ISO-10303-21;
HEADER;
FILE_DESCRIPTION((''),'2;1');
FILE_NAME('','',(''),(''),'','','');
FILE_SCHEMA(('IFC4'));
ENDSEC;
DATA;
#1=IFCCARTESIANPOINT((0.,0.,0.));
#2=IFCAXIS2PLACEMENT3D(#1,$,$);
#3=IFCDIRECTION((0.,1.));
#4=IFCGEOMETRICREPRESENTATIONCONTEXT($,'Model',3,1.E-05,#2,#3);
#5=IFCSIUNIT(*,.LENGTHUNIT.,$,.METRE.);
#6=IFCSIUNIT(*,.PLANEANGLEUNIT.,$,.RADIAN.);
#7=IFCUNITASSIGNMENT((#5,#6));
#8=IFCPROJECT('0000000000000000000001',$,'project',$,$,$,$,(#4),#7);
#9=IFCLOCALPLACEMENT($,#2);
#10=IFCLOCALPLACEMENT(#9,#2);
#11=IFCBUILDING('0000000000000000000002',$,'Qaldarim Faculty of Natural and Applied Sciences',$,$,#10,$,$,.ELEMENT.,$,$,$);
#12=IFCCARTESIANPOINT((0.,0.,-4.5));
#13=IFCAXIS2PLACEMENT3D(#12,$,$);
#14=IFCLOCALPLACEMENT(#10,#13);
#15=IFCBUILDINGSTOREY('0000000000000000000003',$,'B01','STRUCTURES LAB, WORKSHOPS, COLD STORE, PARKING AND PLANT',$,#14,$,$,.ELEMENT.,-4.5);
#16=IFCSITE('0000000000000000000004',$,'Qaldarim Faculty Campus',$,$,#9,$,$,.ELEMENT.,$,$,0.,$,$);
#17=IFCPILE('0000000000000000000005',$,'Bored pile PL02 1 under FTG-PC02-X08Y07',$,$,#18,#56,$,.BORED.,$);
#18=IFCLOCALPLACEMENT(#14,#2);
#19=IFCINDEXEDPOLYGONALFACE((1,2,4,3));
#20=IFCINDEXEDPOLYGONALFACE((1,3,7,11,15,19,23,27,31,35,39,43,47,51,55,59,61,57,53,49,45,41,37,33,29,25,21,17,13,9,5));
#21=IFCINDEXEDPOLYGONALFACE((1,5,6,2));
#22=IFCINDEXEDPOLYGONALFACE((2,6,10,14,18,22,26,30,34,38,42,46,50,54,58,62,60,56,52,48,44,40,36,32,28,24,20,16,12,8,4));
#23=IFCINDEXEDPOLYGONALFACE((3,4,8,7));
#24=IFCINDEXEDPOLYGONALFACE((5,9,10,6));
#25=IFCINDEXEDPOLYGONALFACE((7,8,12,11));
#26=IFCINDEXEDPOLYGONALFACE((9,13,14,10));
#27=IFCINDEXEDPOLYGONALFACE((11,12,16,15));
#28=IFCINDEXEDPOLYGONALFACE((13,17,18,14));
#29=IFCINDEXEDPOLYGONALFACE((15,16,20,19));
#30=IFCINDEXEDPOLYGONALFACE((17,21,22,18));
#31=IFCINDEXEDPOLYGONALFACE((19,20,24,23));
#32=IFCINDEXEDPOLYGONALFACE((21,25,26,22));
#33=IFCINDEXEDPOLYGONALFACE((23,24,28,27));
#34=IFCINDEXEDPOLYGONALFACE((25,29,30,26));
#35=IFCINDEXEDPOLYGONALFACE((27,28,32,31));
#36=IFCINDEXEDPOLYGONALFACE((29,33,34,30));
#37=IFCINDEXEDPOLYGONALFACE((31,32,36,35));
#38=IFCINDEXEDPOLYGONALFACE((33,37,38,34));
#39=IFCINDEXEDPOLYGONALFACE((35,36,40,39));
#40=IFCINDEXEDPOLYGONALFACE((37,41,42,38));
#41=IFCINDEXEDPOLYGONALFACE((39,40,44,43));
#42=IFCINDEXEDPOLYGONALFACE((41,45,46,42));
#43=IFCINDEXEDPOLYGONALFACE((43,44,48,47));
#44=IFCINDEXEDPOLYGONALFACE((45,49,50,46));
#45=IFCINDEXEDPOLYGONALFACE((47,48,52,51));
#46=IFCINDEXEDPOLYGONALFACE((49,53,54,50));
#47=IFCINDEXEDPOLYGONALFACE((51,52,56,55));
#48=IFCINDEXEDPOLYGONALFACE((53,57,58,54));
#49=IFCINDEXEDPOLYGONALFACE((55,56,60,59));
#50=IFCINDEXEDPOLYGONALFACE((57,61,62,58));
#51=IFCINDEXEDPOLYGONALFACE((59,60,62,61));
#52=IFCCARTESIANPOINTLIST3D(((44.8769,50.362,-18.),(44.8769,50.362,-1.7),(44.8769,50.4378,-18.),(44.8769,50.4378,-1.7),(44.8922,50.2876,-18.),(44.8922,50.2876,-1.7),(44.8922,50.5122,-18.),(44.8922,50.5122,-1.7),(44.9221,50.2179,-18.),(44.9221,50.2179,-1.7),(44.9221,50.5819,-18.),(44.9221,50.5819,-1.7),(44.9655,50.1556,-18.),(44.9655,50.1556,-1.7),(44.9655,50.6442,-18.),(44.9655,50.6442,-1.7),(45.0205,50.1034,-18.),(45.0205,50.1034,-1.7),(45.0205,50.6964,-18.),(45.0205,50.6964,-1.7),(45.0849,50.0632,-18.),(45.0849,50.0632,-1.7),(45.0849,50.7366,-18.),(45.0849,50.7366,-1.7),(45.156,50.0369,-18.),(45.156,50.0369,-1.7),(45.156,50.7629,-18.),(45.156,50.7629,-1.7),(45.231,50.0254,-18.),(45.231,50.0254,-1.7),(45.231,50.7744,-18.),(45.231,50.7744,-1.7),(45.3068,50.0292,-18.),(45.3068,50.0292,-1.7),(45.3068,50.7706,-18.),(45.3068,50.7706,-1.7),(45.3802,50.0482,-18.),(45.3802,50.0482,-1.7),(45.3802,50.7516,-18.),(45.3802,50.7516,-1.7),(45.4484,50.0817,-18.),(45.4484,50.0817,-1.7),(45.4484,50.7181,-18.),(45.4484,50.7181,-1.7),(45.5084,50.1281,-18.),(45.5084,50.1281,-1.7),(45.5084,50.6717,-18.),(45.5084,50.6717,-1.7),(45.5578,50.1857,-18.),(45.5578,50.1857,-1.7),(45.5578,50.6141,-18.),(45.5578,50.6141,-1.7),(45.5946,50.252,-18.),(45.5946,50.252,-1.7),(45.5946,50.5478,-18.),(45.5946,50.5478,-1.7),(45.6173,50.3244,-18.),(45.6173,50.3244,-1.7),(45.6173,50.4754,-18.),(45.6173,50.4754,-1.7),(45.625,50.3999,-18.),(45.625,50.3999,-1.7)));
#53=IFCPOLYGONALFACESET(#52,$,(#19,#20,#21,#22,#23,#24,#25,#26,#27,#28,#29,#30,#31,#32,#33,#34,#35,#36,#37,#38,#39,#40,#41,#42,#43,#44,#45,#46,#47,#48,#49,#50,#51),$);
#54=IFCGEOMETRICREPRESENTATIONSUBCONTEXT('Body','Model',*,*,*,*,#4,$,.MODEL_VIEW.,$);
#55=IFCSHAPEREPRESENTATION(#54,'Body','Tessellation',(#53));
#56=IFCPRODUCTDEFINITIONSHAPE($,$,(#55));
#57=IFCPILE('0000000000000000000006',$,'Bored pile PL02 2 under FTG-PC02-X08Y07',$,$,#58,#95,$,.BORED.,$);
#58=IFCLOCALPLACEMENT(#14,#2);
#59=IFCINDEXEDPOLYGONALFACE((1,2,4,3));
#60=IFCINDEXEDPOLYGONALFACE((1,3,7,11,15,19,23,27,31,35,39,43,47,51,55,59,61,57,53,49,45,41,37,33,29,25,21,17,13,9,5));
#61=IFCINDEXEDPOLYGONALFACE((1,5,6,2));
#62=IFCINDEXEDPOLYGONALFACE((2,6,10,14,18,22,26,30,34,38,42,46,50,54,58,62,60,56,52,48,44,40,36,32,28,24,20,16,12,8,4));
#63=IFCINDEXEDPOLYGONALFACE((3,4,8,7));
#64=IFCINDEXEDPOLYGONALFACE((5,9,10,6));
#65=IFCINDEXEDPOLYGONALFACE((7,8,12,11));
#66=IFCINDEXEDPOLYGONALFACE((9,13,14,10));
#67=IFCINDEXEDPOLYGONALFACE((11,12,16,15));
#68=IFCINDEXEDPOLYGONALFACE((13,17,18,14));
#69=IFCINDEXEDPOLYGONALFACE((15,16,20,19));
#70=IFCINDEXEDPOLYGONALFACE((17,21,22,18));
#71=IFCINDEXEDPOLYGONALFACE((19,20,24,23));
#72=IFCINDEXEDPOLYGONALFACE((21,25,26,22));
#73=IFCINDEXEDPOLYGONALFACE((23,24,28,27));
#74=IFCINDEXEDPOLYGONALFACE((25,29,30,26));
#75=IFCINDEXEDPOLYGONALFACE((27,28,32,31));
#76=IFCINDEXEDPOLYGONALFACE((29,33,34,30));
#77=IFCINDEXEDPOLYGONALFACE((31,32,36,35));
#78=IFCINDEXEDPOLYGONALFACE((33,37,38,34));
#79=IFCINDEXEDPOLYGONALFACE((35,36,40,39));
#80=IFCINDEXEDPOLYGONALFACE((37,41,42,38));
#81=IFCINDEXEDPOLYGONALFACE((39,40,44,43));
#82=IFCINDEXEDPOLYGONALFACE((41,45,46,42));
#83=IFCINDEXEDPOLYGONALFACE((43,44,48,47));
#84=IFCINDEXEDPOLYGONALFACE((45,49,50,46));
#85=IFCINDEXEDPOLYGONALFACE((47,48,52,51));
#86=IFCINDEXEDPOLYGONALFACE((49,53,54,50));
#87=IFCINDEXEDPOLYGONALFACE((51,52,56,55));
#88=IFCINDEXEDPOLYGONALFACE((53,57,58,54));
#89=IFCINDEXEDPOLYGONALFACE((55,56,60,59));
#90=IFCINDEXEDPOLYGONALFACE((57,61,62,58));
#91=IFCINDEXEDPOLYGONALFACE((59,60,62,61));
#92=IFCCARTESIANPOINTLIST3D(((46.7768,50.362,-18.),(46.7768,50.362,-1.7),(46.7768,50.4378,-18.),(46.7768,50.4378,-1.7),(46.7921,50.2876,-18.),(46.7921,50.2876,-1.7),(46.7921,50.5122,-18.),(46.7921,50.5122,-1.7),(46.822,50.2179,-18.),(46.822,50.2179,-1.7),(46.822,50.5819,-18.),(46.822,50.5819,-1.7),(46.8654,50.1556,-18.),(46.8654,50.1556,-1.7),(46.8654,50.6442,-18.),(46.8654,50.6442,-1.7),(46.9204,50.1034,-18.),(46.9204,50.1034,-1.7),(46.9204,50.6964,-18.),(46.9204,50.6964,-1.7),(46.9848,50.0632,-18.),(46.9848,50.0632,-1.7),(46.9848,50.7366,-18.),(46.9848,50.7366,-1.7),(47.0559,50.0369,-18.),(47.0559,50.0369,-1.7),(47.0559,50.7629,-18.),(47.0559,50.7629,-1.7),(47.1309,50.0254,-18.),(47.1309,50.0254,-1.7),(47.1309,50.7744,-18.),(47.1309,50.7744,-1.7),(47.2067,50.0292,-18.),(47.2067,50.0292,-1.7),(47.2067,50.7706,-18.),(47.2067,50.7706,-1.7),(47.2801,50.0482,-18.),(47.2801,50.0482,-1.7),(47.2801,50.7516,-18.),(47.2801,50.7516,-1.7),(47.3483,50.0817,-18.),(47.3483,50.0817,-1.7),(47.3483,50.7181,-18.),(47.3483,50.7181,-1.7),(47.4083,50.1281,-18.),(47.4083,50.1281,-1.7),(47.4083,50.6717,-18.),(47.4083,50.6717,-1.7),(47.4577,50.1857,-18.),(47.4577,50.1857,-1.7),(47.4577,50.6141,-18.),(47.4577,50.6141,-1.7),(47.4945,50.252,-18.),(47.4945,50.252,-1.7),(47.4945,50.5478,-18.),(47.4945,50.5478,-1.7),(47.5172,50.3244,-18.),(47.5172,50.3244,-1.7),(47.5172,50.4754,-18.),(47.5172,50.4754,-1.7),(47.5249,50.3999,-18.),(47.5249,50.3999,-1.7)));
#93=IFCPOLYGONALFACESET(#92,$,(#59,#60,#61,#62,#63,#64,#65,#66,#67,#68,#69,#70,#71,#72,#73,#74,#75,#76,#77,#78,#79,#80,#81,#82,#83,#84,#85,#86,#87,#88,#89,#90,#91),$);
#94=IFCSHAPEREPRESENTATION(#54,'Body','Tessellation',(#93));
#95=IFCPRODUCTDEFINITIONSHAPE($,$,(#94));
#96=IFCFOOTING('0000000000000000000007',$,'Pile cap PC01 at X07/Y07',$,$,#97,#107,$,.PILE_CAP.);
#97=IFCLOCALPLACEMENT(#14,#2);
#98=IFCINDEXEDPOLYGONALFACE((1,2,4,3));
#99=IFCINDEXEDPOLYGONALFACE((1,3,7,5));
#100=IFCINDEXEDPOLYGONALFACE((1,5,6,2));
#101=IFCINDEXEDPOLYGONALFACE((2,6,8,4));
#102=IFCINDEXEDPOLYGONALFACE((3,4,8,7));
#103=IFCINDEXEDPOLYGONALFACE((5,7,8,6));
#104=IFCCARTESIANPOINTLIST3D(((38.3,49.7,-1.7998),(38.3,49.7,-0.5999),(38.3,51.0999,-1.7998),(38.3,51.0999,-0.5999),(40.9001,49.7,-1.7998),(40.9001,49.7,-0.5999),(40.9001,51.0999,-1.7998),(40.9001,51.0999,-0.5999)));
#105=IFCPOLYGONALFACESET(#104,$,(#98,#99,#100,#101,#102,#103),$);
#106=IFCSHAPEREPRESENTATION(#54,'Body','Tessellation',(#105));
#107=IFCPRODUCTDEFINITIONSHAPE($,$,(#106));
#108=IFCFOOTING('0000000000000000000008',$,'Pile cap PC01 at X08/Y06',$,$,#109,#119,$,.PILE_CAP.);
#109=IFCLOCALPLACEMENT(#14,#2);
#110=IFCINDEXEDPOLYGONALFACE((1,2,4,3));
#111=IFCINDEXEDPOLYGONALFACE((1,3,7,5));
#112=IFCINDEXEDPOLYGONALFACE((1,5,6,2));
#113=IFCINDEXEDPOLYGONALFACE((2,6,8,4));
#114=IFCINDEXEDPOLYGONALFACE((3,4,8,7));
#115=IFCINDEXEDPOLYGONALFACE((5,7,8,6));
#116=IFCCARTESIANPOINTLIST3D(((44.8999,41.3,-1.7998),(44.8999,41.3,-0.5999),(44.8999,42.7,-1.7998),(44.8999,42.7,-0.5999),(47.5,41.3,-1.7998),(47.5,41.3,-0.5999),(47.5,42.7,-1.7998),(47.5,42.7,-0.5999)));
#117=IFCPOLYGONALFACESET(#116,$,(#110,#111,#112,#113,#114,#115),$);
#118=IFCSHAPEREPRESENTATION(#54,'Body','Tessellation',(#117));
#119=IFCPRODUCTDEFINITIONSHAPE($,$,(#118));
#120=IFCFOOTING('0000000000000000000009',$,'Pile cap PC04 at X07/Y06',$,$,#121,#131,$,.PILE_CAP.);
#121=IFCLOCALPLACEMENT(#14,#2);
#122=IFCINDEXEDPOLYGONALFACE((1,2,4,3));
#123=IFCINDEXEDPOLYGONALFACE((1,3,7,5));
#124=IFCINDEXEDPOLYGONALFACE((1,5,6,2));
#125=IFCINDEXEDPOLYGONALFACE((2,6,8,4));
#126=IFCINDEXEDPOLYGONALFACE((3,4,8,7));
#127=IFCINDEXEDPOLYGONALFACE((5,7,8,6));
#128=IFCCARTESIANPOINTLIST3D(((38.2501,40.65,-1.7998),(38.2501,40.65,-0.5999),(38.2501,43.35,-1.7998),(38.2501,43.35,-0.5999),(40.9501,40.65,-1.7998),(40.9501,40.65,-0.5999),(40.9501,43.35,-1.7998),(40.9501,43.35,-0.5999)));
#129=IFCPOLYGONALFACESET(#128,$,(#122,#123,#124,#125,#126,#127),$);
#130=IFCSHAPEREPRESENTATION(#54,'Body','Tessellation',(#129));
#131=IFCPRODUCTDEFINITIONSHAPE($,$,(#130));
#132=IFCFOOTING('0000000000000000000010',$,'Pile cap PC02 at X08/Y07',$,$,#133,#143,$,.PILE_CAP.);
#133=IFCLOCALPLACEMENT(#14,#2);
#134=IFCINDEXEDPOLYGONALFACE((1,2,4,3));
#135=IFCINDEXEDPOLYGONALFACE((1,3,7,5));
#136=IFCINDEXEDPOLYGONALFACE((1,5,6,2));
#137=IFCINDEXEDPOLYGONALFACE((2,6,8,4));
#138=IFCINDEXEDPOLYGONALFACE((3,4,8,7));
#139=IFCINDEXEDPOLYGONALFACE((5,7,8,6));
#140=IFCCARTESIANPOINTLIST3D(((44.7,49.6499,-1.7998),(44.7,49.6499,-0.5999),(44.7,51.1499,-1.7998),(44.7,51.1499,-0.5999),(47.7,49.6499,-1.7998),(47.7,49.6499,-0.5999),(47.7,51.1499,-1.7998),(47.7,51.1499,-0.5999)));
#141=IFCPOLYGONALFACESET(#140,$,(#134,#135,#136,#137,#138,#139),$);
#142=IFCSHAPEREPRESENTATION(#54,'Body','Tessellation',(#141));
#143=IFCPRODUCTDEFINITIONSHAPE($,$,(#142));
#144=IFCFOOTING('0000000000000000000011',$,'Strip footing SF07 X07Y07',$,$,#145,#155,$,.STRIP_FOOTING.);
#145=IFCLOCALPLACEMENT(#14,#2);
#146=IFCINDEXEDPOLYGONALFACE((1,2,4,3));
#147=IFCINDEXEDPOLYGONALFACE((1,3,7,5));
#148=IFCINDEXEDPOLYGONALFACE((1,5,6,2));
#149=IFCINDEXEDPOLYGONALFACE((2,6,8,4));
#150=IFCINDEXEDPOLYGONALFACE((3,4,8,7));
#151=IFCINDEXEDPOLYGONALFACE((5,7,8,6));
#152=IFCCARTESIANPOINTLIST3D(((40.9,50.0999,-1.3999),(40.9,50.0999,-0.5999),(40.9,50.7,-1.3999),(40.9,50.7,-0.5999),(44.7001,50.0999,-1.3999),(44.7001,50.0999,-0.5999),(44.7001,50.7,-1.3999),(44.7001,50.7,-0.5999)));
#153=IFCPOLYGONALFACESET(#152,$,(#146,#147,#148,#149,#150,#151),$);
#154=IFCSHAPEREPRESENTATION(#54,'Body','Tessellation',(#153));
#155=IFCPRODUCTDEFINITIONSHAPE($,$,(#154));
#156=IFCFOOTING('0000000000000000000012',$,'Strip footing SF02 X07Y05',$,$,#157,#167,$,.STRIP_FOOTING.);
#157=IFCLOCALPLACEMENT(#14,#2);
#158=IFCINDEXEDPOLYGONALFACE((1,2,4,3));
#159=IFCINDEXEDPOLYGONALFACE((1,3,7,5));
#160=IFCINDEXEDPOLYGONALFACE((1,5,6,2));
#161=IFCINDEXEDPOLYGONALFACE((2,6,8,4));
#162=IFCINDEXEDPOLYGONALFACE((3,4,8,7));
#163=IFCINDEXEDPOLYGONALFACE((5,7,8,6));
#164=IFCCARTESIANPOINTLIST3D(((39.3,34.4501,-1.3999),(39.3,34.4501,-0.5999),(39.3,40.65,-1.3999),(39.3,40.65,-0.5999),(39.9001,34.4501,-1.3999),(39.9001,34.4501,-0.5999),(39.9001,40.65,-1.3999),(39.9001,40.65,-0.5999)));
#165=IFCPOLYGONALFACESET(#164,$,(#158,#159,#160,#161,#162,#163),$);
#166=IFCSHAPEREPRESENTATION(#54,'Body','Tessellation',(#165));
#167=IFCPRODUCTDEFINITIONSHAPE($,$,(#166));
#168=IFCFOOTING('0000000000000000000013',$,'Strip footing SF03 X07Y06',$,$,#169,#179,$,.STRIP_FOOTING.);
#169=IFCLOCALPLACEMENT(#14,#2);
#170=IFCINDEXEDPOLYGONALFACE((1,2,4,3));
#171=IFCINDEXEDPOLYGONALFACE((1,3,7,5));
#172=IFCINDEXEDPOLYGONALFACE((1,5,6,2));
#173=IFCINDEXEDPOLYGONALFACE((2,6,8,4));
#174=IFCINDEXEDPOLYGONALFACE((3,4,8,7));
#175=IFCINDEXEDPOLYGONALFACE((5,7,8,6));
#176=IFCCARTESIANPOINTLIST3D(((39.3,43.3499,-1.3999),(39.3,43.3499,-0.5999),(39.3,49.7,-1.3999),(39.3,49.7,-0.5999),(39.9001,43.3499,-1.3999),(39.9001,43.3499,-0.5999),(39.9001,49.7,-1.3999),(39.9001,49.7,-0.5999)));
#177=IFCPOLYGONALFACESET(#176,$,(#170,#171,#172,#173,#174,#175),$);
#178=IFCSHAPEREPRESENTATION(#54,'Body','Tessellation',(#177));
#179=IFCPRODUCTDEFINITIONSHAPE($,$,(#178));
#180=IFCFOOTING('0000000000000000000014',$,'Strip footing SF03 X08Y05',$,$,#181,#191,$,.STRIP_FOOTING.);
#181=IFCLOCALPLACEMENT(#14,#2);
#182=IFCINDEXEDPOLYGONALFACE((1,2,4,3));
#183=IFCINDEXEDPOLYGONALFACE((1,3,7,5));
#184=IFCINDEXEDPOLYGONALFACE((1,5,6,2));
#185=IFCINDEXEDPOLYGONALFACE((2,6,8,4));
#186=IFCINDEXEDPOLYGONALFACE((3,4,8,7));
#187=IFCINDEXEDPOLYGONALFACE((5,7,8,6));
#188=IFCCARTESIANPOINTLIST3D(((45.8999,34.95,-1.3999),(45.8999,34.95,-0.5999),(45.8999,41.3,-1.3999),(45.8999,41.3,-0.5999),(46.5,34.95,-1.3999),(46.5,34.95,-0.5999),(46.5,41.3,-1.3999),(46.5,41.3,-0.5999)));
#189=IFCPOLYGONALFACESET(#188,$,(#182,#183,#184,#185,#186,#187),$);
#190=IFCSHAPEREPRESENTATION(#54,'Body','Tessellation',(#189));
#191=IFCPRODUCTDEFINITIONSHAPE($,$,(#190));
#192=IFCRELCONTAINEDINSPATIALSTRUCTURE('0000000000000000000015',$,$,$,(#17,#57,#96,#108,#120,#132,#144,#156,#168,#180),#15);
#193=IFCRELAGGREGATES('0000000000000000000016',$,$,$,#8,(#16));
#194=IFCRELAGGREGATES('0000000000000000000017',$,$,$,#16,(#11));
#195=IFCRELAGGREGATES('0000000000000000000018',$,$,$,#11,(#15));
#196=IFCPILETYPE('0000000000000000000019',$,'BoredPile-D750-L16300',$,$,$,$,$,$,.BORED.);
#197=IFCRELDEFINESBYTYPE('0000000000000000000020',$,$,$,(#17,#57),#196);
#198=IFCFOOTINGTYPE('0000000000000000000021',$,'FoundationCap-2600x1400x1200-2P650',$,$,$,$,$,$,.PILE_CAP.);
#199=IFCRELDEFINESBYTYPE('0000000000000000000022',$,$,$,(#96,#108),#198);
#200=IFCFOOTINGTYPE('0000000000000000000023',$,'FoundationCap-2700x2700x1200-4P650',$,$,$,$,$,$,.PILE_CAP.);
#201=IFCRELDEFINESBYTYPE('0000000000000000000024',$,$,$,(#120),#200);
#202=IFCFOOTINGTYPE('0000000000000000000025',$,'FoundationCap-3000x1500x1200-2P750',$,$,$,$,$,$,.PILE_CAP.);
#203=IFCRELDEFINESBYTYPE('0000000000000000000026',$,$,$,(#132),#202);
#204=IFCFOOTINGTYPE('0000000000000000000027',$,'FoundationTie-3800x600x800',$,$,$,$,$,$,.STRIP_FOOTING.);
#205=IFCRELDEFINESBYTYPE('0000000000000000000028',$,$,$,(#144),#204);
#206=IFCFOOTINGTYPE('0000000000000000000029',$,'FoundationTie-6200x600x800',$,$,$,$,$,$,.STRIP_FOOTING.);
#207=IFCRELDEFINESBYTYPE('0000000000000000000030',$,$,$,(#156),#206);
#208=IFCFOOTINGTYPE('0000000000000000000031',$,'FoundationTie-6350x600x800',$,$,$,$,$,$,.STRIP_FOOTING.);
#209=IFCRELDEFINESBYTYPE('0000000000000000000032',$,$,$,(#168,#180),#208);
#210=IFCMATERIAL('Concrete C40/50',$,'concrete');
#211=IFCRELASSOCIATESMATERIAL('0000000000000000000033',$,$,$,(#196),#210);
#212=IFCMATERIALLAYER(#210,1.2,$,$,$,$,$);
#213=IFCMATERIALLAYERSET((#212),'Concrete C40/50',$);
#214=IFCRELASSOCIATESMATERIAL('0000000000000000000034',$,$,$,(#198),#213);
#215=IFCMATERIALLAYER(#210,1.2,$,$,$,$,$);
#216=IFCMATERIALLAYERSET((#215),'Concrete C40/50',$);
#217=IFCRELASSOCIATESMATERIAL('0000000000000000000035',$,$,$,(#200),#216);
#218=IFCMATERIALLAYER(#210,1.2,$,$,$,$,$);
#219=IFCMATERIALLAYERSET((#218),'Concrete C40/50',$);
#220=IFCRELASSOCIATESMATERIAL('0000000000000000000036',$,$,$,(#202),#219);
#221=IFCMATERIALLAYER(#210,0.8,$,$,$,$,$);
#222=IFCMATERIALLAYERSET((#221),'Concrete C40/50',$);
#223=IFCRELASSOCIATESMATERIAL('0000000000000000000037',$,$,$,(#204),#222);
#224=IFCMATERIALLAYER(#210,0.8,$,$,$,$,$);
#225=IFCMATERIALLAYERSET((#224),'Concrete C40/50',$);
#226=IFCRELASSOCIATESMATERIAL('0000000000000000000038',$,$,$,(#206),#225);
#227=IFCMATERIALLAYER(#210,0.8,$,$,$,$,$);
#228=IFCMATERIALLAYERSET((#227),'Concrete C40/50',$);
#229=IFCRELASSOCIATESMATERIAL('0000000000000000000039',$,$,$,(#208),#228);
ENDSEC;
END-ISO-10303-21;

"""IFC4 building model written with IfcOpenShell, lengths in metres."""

from ifc_helpers import new_model, si_unit, direction, frame, origin, origin_2d, place, context, subcontext, project, spatial, rectangle, circle, extrude, material, layer, layer_set, material_profile, profile_set, type_object, element, save


model = new_model("IFC4")

# Units and contexts
model_context = context("Model", 3, precision=1e-05, world=origin(), true_north=direction((0.0, 1.0)))
body_context = subcontext(model_context, "Body", "Model", "MODEL_VIEW")
ifc_project = project(units=[si_unit("LENGTHUNIT", "METRE"), si_unit("PLANEANGLEUNIT", "RADIAN")], contexts=[model_context])

# Site, building, storey
site_placement = place(None, origin())
site = spatial("IfcSite", under=ifc_project, at=site_placement, Name="Qaldarim Faculty Campus", CompositionType="ELEMENT", RefElevation=0.0)
building_placement = place(site_placement, origin())
building = spatial("IfcBuilding", under=site, at=building_placement, Name="Qaldarim Faculty of Natural and Applied Sciences", CompositionType="ELEMENT")
storey_placement = place(building_placement, frame((0.0, 0.0, -4.5)))
storey = spatial("IfcBuildingStorey", under=building, at=storey_placement, Name="B01", Description="STRUCTURES LAB, WORKSHOPS, COLD STORE, PARKING AND PLANT", CompositionType="ELEMENT", Elevation=-4.5)

# Piles
ifc_material_1 = material(Name="Concrete C40/50", Category="concrete")
ifc_material_profile_1 = material_profile(ifc_material_1, circle(Radius=0.375, at=origin_2d()), Name="PILE-D750")
ifc_profile_set_1 = profile_set([ifc_material_profile_1], Name="Concrete C40/50")
pile_type_1 = type_object("IfcPileType", Name="BoredPile-D750-L16300", PredefinedType="BORED", material=ifc_profile_set_1)
for number, where, z_axis, x_axis, name in (
    (1, (45.25, 50.3999, -1.7), (0.0, 0.0, -1.0), (1.0, 0.0, 0.0), "Bored pile PL02 1 under FTG-PC02-X08Y07"),
    (2, (47.1499, 50.3999, -1.7), (0.0, 0.0, -1.0), (1.0, 0.0, 0.0), "Bored pile PL02 2 under FTG-PC02-X08Y07"),
):
    element("IfcPile", number, at=place(storey_placement, frame(where, z_axis=z_axis, x_axis=x_axis)), inside=storey, type_object=pile_type_1, Name=name, PredefinedType="BORED", context=body_context, shape_type="SweptSolid", body=[
        extrude(circle(Radius=0.375, at=origin_2d()), origin(), (0.0, 0.0, 1.0), 16.3),
    ])

# Footings
ifc_layer_1 = layer(ifc_material_1, 1.2)
ifc_layer_set_1 = layer_set([ifc_layer_1], Name="Concrete C40/50")
footing_type_1 = type_object("IfcFootingType", Name="FoundationCap-2600x1400x1200-2P650", PredefinedType="PILE_CAP", material=ifc_layer_set_1)
for number, where, z_axis, x_axis, name in (
    (3, (39.6001, 50.3999, -1.7998), (0.0, 0.0, 1.0), (1.0, 0.0, 0.0), "Pile cap PC01 at X07/Y07"),
    (4, (46.2, 42.0, -1.7998), (0.0, 0.0, 1.0), (1.0, 0.0, 0.0), "Pile cap PC01 at X08/Y06"),
):
    element("IfcFooting", number, at=place(storey_placement, frame(where, z_axis=z_axis, x_axis=x_axis)), inside=storey, type_object=footing_type_1, Name=name, PredefinedType="PILE_CAP", context=body_context, shape_type="SweptSolid", body=[
        extrude(rectangle(XDim=2.6001, YDim=1.3999, at=origin_2d()), origin(), (0.0, 0.0, 1.0), 1.2),
    ])
ifc_layer_2 = layer(ifc_material_1, 1.2)
ifc_layer_set_2 = layer_set([ifc_layer_2], Name="Concrete C40/50")
footing_type_2 = type_object("IfcFootingType", Name="FoundationCap-2700x2700x1200-4P650", PredefinedType="PILE_CAP", material=ifc_layer_set_2)
footing_1_placement = place(storey_placement, frame((39.6001, 42.0, -1.7998), z_axis=(0.0, 0.0, 1.0), x_axis=(1.0, 0.0, 0.0)))
element("IfcFooting", 5, at=footing_1_placement, inside=storey, type_object=footing_type_2, Name="Pile cap PC04 at X07/Y06", PredefinedType="PILE_CAP", context=body_context, shape_type="SweptSolid", body=[
    extrude(rectangle(XDim=2.7, YDim=2.7, at=origin_2d()), origin(), (0.0, 0.0, 1.0), 1.2),
])
ifc_layer_3 = layer(ifc_material_1, 1.2)
ifc_layer_set_3 = layer_set([ifc_layer_3], Name="Concrete C40/50")
footing_type_3 = type_object("IfcFootingType", Name="FoundationCap-3000x1500x1200-2P750", PredefinedType="PILE_CAP", material=ifc_layer_set_3)
footing_2_placement = place(storey_placement, frame((46.2, 50.3999, -1.7998), z_axis=(0.0, 0.0, 1.0), x_axis=(1.0, 0.0, 0.0)))
element("IfcFooting", 6, at=footing_2_placement, inside=storey, type_object=footing_type_3, Name="Pile cap PC02 at X08/Y07", PredefinedType="PILE_CAP", context=body_context, shape_type="SweptSolid", body=[
    extrude(rectangle(XDim=3.0, YDim=1.5, at=origin_2d()), origin(), (0.0, 0.0, 1.0), 1.2),
])
ifc_layer_4 = layer(ifc_material_1, 0.8)
ifc_layer_set_4 = layer_set([ifc_layer_4], Name="Concrete C40/50")
footing_type_4 = type_object("IfcFootingType", Name="FoundationTie-3800x600x800", PredefinedType="STRIP_FOOTING", material=ifc_layer_set_4)
footing_3_placement = place(storey_placement, frame((42.8, 50.3999, -1.3999), z_axis=(0.0, 0.0, 1.0), x_axis=(1.0, 0.0, 0.0)))
element("IfcFooting", 7, at=footing_3_placement, inside=storey, type_object=footing_type_4, Name="Strip footing SF07 X07Y07", PredefinedType="STRIP_FOOTING", context=body_context, shape_type="SweptSolid", body=[
    extrude(rectangle(XDim=3.8, YDim=0.6001, at=origin_2d()), origin(), (0.0, 0.0, 1.0), 0.8),
])
ifc_layer_5 = layer(ifc_material_1, 0.8)
ifc_layer_set_5 = layer_set([ifc_layer_5], Name="Concrete C40/50")
footing_type_5 = type_object("IfcFootingType", Name="FoundationTie-6200x600x800", PredefinedType="STRIP_FOOTING", material=ifc_layer_set_5)
footing_4_placement = place(storey_placement, frame((39.6001, 37.55, -1.3999), z_axis=(0.0, 0.0, 1.0), x_axis=(0.0, 1.0, 0.0)))
element("IfcFooting", 8, at=footing_4_placement, inside=storey, type_object=footing_type_5, Name="Strip footing SF02 X07Y05", PredefinedType="STRIP_FOOTING", context=body_context, shape_type="SweptSolid", body=[
    extrude(rectangle(XDim=6.2, YDim=0.6001, at=origin_2d()), origin(), (0.0, 0.0, 1.0), 0.8),
])
ifc_layer_6 = layer(ifc_material_1, 0.8)
ifc_layer_set_6 = layer_set([ifc_layer_6], Name="Concrete C40/50")
footing_type_6 = type_object("IfcFootingType", Name="FoundationTie-6350x600x800", PredefinedType="STRIP_FOOTING", material=ifc_layer_set_6)
for number, where, z_axis, x_axis, name in (
    (9, (39.6001, 46.5249, -1.3999), (0.0, 0.0, 1.0), (0.0, 1.0, 0.0), "Strip footing SF03 X07Y06"),
    (10, (46.2, 38.125, -1.3999), (0.0, 0.0, 1.0), (0.0, 1.0, 0.0), "Strip footing SF03 X08Y05"),
):
    element("IfcFooting", number, at=place(storey_placement, frame(where, z_axis=z_axis, x_axis=x_axis)), inside=storey, type_object=footing_type_6, Name=name, PredefinedType="STRIP_FOOTING", context=body_context, shape_type="SweptSolid", body=[
        extrude(rectangle(XDim=6.3501, YDim=0.6001, at=origin_2d()), origin(), (0.0, 0.0, 1.0), 0.8),
    ])

save(model, "model.ifc")
